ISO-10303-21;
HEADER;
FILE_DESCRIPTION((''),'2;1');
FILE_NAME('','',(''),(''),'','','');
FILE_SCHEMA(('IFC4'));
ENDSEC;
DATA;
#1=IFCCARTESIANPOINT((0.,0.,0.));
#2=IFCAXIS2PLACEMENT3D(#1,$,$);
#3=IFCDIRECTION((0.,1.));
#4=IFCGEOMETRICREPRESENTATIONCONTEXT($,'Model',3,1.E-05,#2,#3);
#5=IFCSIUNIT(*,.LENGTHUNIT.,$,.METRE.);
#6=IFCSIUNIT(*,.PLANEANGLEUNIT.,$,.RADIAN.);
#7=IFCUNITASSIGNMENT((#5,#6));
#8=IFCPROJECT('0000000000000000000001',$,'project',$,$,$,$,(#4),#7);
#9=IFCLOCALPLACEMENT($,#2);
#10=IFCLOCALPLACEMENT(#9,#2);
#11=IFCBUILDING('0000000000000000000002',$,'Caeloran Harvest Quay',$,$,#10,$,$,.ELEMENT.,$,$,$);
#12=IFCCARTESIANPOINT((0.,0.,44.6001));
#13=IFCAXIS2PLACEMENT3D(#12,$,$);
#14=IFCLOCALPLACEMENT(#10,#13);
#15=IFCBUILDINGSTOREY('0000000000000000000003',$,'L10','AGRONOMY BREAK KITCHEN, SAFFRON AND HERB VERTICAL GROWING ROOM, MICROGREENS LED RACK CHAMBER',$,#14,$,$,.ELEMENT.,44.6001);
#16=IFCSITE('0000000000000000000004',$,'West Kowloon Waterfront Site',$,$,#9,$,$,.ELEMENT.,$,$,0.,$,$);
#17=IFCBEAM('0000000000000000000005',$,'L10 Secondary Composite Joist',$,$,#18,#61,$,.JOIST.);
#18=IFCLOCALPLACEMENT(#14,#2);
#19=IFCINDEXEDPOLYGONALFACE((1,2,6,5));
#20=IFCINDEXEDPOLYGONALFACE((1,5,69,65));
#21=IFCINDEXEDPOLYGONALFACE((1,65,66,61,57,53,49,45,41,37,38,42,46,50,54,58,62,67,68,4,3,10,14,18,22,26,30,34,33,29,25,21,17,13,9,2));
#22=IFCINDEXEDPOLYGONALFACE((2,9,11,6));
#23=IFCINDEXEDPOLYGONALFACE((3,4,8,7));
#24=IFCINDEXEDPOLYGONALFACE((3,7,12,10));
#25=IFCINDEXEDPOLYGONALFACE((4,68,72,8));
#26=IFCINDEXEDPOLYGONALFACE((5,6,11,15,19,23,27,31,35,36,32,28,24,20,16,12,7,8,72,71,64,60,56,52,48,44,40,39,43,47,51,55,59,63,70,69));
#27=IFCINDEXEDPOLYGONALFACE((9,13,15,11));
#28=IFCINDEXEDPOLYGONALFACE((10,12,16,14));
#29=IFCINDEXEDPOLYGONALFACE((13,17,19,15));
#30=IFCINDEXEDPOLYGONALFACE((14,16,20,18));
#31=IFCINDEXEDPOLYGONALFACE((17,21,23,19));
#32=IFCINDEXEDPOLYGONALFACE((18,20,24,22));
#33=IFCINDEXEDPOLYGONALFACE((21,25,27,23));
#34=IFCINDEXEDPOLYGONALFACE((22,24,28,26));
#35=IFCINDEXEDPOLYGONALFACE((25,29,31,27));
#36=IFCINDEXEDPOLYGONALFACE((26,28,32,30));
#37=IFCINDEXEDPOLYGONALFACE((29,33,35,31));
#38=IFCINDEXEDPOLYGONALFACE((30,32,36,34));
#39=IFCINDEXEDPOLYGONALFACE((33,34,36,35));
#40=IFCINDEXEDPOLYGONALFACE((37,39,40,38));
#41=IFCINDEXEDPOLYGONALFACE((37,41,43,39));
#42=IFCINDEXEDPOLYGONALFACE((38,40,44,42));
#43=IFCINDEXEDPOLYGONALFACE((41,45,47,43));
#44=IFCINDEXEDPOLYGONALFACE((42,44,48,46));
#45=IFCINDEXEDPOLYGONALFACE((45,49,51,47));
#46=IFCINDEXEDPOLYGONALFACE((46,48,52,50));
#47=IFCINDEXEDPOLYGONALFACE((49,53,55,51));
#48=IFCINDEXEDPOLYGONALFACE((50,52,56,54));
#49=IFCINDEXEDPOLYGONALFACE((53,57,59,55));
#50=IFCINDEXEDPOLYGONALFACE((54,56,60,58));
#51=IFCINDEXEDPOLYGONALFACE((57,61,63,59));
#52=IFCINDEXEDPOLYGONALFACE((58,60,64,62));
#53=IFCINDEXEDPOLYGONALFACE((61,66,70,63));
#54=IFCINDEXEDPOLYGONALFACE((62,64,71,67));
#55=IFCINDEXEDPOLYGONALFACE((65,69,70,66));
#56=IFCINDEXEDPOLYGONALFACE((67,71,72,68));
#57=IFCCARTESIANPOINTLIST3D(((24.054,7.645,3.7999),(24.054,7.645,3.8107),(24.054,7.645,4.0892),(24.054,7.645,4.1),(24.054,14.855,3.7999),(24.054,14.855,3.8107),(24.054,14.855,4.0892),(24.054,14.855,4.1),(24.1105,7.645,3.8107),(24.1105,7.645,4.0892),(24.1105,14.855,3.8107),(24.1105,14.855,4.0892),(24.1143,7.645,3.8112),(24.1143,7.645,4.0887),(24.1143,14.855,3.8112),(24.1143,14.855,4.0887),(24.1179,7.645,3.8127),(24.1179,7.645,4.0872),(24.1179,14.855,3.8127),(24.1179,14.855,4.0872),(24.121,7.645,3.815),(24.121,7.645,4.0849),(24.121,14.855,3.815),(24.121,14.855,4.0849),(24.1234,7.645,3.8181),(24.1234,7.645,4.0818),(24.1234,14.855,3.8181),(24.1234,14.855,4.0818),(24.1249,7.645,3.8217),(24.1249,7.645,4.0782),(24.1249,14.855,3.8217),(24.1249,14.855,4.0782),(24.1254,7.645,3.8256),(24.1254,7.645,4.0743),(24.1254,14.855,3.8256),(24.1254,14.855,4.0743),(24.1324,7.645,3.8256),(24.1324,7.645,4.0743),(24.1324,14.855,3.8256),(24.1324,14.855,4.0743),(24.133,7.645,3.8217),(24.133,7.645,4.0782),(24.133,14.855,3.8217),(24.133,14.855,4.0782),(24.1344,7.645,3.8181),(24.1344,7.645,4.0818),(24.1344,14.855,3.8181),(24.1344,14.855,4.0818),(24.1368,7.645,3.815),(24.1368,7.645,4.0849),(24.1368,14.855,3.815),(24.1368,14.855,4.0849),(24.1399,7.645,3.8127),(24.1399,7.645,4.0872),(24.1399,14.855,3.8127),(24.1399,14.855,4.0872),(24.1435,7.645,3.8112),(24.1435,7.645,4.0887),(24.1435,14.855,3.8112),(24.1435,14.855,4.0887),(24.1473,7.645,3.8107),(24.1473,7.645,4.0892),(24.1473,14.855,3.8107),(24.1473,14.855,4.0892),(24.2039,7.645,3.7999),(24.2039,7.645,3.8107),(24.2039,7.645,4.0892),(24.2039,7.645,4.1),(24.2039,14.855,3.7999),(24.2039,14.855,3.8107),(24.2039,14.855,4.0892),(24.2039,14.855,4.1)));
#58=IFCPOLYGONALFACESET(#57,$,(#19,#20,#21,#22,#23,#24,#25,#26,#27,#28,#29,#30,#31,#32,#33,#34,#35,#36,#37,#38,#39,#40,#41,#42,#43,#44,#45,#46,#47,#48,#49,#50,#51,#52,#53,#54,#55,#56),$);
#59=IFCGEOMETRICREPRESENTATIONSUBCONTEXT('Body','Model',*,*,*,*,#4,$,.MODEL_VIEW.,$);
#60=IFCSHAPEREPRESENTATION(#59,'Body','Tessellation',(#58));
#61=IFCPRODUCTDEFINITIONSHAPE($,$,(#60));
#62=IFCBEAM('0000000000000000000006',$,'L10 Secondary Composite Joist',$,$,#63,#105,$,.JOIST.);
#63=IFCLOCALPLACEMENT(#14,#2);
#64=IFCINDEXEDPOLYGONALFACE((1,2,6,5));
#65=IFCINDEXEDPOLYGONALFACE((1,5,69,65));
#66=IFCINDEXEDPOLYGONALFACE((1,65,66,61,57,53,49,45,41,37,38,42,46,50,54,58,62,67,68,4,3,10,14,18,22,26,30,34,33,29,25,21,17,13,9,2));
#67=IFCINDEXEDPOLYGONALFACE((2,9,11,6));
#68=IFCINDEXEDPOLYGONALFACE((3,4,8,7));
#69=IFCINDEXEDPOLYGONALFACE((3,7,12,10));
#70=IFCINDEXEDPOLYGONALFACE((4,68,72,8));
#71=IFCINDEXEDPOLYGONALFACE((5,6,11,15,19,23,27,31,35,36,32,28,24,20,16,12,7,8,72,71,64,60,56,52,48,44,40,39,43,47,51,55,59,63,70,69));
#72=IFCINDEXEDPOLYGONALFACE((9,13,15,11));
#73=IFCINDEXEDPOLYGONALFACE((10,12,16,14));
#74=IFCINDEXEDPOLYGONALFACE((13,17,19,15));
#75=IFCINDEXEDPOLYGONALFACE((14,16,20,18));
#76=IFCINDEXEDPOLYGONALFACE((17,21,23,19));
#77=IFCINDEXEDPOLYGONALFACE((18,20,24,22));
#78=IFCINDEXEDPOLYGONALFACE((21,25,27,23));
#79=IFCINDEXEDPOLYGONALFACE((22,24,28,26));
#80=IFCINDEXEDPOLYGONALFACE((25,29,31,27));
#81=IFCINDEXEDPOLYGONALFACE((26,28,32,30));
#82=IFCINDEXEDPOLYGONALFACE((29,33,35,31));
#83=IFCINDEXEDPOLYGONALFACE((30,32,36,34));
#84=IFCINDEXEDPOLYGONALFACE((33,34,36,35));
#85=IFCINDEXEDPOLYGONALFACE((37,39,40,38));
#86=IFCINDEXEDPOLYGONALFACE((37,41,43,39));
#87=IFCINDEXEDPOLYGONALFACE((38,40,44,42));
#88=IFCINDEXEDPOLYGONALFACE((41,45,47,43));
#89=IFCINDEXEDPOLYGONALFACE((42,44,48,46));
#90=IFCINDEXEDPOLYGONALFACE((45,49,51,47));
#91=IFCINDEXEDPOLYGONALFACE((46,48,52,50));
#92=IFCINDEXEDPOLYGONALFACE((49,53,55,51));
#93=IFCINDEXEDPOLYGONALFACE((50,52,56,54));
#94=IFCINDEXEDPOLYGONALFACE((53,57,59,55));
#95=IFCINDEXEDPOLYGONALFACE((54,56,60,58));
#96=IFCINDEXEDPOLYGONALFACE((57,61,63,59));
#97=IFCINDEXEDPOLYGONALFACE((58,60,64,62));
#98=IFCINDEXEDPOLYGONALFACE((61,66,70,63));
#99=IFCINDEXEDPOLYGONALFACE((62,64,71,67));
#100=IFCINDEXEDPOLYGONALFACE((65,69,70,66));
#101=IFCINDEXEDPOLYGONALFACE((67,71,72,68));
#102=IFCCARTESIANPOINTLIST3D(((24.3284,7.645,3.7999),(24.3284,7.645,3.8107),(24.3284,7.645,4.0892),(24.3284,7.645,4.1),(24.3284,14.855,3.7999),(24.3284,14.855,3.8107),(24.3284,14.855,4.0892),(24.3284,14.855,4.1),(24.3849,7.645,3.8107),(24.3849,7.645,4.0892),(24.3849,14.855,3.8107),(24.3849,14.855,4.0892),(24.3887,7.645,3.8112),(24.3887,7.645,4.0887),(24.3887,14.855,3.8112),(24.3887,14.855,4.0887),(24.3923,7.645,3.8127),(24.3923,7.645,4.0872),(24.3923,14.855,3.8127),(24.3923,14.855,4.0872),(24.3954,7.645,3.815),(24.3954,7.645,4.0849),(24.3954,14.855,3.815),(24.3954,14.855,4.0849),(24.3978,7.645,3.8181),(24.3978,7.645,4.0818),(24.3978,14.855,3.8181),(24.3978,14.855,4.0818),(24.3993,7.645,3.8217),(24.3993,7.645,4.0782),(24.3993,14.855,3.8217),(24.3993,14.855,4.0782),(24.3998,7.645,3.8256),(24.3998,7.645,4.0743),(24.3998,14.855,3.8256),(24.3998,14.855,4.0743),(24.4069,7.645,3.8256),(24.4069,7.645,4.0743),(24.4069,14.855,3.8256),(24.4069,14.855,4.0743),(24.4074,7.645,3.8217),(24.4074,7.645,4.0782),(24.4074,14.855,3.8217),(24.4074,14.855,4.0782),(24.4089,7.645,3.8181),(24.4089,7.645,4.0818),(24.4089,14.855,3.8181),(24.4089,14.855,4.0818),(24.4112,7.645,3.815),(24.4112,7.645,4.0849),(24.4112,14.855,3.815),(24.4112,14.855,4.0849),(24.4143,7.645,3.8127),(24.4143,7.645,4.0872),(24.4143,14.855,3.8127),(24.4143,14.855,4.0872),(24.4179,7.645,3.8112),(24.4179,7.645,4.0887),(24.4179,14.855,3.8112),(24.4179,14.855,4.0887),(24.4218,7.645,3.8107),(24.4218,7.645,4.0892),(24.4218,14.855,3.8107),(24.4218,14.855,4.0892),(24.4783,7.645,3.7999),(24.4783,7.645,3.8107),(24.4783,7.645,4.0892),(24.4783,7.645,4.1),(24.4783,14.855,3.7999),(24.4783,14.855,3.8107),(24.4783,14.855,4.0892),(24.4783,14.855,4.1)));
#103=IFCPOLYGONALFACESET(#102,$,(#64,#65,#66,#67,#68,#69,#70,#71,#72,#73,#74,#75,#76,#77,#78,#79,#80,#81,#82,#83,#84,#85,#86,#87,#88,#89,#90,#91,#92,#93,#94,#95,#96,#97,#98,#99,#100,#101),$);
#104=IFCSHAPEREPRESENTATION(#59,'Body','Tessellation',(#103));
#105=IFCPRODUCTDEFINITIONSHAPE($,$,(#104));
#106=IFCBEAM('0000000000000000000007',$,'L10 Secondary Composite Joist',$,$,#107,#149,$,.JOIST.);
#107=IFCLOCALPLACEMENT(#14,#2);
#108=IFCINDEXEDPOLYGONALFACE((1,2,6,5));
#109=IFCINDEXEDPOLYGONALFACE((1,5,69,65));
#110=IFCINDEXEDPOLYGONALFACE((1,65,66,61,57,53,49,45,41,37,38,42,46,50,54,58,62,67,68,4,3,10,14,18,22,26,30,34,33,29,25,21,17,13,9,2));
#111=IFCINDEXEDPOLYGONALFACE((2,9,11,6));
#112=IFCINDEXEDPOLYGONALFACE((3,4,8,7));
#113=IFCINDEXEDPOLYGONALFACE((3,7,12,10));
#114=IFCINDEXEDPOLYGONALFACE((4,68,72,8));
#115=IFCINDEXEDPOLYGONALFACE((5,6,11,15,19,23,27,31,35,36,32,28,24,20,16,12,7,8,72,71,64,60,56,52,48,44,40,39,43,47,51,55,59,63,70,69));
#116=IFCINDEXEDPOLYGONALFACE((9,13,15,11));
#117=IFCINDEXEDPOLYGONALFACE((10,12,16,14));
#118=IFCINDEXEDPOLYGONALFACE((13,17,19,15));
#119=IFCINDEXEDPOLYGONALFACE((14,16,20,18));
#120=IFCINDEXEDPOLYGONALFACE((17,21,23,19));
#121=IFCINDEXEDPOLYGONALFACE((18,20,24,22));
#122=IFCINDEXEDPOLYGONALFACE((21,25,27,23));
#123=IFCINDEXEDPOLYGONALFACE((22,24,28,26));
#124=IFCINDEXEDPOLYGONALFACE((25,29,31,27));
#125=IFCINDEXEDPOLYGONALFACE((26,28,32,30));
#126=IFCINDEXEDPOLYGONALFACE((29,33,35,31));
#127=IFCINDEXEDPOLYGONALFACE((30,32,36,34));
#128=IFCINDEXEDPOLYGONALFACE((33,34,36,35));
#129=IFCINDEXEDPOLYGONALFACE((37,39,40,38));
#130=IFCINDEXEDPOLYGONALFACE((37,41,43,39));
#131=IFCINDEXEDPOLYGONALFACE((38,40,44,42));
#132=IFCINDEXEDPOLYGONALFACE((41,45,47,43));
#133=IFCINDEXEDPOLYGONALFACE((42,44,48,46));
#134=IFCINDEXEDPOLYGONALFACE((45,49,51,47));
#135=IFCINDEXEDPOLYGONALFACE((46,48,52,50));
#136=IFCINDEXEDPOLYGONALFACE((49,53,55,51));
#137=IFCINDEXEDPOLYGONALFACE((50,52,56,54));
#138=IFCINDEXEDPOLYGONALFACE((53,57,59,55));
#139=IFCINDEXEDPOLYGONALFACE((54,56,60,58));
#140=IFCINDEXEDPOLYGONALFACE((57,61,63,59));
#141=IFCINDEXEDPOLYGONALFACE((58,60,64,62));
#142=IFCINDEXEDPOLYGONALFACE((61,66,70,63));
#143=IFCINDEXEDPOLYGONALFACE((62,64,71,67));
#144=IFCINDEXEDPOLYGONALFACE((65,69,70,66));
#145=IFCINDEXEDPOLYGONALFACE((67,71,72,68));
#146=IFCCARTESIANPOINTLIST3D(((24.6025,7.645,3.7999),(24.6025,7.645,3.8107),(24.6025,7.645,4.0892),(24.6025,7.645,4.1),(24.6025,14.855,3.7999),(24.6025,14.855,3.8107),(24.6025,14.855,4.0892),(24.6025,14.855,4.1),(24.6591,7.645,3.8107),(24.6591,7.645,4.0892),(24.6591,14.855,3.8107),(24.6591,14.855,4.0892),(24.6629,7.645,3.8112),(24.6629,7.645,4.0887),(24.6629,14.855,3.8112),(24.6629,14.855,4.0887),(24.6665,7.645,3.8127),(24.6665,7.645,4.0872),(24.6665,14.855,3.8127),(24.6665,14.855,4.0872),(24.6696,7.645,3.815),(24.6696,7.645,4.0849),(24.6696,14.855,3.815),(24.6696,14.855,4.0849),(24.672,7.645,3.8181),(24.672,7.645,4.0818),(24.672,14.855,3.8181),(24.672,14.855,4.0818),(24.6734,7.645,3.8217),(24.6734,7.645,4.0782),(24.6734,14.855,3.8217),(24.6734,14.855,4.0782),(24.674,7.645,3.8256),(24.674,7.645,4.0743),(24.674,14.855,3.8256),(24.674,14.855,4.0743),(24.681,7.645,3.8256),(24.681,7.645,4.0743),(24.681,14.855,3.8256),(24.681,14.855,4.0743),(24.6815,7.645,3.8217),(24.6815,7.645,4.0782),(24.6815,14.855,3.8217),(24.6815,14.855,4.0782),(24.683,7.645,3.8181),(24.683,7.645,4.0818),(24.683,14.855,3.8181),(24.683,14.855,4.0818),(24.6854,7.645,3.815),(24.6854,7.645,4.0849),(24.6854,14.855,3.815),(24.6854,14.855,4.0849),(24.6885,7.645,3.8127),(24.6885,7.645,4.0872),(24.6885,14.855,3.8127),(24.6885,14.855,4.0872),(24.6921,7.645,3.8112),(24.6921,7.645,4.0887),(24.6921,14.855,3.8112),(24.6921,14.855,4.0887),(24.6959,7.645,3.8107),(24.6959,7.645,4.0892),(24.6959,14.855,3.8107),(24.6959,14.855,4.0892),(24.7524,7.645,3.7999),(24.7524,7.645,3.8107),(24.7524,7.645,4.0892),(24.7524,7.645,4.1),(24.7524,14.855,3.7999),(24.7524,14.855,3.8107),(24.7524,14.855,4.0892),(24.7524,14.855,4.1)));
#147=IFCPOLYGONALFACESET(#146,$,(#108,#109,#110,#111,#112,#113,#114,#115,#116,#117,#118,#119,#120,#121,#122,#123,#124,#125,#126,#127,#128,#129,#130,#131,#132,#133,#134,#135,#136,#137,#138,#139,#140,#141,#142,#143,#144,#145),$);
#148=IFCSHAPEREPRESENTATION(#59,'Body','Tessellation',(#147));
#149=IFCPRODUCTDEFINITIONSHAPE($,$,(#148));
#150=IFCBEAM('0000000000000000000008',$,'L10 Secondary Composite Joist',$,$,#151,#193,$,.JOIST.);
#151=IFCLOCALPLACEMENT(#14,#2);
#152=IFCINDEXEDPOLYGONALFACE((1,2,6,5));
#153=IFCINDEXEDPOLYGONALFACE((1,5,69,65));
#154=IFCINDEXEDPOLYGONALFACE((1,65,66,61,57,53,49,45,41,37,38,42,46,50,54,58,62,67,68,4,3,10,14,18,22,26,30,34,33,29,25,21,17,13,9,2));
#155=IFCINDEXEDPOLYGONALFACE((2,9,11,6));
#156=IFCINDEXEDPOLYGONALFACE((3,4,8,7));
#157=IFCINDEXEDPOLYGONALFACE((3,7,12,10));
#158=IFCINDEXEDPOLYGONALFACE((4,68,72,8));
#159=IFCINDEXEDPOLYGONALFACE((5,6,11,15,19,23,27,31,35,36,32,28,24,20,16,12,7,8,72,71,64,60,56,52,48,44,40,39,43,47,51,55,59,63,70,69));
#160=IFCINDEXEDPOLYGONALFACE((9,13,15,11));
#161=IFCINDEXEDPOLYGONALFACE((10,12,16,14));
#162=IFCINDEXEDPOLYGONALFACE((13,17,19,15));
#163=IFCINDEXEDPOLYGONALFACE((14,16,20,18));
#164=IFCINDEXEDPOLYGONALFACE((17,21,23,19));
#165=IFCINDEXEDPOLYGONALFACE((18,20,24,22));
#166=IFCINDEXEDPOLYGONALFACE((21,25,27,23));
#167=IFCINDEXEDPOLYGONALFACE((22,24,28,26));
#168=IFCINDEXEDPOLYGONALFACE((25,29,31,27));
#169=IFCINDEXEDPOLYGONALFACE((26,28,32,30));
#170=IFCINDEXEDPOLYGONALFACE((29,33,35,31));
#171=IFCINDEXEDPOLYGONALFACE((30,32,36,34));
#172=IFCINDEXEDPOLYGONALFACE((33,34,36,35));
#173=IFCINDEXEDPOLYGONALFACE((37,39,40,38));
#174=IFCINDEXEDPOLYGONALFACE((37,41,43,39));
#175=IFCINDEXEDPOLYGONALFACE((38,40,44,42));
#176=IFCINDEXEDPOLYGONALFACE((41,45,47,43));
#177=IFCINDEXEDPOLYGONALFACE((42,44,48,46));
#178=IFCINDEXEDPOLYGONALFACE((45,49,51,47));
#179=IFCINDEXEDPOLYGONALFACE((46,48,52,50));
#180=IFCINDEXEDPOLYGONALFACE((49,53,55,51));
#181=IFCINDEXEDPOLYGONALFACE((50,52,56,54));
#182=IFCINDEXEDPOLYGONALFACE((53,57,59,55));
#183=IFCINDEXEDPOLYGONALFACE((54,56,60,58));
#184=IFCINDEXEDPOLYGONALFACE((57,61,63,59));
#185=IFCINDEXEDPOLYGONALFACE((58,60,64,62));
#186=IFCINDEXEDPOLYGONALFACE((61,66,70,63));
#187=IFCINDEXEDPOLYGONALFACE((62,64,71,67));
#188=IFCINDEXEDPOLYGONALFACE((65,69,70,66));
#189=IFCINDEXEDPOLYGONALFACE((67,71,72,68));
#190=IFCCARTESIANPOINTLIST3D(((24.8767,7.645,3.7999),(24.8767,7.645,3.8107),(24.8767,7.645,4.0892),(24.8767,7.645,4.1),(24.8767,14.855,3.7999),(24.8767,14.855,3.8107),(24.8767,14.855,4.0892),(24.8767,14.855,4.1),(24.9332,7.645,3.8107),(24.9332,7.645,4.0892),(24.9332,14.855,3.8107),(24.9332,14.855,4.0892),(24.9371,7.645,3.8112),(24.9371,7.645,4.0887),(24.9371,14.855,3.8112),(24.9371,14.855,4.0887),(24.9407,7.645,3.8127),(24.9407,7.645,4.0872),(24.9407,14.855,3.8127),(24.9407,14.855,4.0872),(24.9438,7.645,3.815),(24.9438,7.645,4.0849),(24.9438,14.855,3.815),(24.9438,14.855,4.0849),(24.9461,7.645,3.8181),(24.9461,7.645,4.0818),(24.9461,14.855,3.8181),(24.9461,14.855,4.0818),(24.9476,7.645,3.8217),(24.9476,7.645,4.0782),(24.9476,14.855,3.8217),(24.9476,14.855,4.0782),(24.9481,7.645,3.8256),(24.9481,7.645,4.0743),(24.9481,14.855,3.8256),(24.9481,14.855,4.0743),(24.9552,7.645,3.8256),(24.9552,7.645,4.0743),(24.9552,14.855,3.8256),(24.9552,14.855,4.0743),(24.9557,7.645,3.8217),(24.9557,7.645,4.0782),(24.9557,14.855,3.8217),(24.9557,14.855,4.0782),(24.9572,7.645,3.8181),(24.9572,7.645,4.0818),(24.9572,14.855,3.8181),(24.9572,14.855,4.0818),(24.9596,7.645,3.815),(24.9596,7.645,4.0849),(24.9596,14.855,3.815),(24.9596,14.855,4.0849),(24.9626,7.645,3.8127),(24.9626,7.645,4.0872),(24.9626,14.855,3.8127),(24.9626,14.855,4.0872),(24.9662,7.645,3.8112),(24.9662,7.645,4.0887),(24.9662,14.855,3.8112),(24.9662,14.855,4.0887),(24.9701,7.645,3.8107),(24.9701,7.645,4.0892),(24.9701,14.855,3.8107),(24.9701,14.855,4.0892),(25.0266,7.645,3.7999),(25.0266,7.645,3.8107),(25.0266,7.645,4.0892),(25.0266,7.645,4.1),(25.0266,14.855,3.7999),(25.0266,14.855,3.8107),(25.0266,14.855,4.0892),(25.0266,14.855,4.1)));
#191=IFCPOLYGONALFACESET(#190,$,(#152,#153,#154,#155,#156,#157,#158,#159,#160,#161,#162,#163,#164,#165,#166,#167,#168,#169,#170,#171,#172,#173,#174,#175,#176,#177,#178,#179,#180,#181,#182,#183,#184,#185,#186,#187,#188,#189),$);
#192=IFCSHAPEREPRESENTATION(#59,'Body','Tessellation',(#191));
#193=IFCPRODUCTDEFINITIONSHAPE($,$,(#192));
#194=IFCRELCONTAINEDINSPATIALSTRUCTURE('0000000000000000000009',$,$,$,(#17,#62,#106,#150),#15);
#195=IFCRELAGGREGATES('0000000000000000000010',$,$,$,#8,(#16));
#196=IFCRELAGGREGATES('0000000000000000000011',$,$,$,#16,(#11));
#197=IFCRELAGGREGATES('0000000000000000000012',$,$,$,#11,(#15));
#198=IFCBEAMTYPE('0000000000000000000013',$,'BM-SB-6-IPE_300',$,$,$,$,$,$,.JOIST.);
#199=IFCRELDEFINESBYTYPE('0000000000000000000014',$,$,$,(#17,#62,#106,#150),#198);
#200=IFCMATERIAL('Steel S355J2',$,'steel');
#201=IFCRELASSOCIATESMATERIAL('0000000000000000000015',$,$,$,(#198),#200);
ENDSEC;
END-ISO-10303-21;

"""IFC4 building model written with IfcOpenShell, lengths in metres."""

from ifc_helpers import new_model, si_unit, direction, frame, origin, origin_2d, place, context, subcontext, project, spatial, i_section, extrude, material, material_profile, profile_set, type_object, element, save


model = new_model("IFC4")

# Units and contexts
model_context = context("Model", 3, precision=1e-05, world=origin(), true_north=direction((0.0, 1.0)))
body_context = subcontext(model_context, "Body", "Model", "MODEL_VIEW")
ifc_project = project(units=[si_unit("LENGTHUNIT", "METRE"), si_unit("PLANEANGLEUNIT", "RADIAN")], contexts=[model_context])

# Site, building, storey
site_placement = place(None, origin())
site = spatial("IfcSite", under=ifc_project, at=site_placement, Name="West Kowloon Waterfront Site", CompositionType="ELEMENT", RefElevation=0.0)
building_placement = place(site_placement, origin())
building = spatial("IfcBuilding", under=site, at=building_placement, Name="Caeloran Harvest Quay", CompositionType="ELEMENT")
storey_placement = place(building_placement, frame((0.0, 0.0, 44.6001)))
storey = spatial("IfcBuildingStorey", under=building, at=storey_placement, Name="L10", Description="AGRONOMY BREAK KITCHEN, SAFFRON AND HERB VERTICAL GROWING ROOM, MICROGREENS LED RACK CHAMBER", CompositionType="ELEMENT", Elevation=44.6001)

# Beams
ifc_material_1 = material(Name="Steel S355J2", Category="steel")
ifc_material_profile_1 = material_profile(ifc_material_1, i_section(OverallWidth=0.1499, OverallDepth=0.3, WebThickness=0.0071, FlangeThickness=0.0107, FilletRadius=0.0149, at=origin_2d()), Name="IPE 300")
ifc_profile_set_1 = profile_set([ifc_material_profile_1], Name="Steel S355J2")
beam_type_1 = type_object("IfcBeamType", Name="BM-SB-6-IPE_300", PredefinedType="JOIST", material=ifc_profile_set_1)
for number, where, z_axis, x_axis, name in (
    (1, (24.1289, 7.645, 3.95), (0.0, 1.0, 0.0), (-1.0, 0.0, 0.0), "L10 Secondary Composite Joist"),
    (2, (24.4033, 7.645, 3.95), (0.0, 1.0, 0.0), (-1.0, 0.0, 0.0), "L10 Secondary Composite Joist"),
    (3, (24.6775, 7.645, 3.95), (0.0, 1.0, 0.0), (-1.0, 0.0, 0.0), "L10 Secondary Composite Joist"),
    (4, (24.9517, 7.645, 3.95), (0.0, 1.0, 0.0), (-1.0, 0.0, 0.0), "L10 Secondary Composite Joist"),
):
    element("IfcBeam", number, at=place(storey_placement, frame(where, z_axis=z_axis, x_axis=x_axis)), inside=storey, type_object=beam_type_1, Name=name, PredefinedType="JOIST", context=body_context, shape_type="SweptSolid", body=[
        extrude(i_section(OverallWidth=0.1499, OverallDepth=0.3, WebThickness=0.0071, FlangeThickness=0.0107, FilletRadius=0.0149, at=origin_2d()), origin(), (0.0, 0.0, 1.0), 7.21),
    ])

save(model, "model.ifc")
